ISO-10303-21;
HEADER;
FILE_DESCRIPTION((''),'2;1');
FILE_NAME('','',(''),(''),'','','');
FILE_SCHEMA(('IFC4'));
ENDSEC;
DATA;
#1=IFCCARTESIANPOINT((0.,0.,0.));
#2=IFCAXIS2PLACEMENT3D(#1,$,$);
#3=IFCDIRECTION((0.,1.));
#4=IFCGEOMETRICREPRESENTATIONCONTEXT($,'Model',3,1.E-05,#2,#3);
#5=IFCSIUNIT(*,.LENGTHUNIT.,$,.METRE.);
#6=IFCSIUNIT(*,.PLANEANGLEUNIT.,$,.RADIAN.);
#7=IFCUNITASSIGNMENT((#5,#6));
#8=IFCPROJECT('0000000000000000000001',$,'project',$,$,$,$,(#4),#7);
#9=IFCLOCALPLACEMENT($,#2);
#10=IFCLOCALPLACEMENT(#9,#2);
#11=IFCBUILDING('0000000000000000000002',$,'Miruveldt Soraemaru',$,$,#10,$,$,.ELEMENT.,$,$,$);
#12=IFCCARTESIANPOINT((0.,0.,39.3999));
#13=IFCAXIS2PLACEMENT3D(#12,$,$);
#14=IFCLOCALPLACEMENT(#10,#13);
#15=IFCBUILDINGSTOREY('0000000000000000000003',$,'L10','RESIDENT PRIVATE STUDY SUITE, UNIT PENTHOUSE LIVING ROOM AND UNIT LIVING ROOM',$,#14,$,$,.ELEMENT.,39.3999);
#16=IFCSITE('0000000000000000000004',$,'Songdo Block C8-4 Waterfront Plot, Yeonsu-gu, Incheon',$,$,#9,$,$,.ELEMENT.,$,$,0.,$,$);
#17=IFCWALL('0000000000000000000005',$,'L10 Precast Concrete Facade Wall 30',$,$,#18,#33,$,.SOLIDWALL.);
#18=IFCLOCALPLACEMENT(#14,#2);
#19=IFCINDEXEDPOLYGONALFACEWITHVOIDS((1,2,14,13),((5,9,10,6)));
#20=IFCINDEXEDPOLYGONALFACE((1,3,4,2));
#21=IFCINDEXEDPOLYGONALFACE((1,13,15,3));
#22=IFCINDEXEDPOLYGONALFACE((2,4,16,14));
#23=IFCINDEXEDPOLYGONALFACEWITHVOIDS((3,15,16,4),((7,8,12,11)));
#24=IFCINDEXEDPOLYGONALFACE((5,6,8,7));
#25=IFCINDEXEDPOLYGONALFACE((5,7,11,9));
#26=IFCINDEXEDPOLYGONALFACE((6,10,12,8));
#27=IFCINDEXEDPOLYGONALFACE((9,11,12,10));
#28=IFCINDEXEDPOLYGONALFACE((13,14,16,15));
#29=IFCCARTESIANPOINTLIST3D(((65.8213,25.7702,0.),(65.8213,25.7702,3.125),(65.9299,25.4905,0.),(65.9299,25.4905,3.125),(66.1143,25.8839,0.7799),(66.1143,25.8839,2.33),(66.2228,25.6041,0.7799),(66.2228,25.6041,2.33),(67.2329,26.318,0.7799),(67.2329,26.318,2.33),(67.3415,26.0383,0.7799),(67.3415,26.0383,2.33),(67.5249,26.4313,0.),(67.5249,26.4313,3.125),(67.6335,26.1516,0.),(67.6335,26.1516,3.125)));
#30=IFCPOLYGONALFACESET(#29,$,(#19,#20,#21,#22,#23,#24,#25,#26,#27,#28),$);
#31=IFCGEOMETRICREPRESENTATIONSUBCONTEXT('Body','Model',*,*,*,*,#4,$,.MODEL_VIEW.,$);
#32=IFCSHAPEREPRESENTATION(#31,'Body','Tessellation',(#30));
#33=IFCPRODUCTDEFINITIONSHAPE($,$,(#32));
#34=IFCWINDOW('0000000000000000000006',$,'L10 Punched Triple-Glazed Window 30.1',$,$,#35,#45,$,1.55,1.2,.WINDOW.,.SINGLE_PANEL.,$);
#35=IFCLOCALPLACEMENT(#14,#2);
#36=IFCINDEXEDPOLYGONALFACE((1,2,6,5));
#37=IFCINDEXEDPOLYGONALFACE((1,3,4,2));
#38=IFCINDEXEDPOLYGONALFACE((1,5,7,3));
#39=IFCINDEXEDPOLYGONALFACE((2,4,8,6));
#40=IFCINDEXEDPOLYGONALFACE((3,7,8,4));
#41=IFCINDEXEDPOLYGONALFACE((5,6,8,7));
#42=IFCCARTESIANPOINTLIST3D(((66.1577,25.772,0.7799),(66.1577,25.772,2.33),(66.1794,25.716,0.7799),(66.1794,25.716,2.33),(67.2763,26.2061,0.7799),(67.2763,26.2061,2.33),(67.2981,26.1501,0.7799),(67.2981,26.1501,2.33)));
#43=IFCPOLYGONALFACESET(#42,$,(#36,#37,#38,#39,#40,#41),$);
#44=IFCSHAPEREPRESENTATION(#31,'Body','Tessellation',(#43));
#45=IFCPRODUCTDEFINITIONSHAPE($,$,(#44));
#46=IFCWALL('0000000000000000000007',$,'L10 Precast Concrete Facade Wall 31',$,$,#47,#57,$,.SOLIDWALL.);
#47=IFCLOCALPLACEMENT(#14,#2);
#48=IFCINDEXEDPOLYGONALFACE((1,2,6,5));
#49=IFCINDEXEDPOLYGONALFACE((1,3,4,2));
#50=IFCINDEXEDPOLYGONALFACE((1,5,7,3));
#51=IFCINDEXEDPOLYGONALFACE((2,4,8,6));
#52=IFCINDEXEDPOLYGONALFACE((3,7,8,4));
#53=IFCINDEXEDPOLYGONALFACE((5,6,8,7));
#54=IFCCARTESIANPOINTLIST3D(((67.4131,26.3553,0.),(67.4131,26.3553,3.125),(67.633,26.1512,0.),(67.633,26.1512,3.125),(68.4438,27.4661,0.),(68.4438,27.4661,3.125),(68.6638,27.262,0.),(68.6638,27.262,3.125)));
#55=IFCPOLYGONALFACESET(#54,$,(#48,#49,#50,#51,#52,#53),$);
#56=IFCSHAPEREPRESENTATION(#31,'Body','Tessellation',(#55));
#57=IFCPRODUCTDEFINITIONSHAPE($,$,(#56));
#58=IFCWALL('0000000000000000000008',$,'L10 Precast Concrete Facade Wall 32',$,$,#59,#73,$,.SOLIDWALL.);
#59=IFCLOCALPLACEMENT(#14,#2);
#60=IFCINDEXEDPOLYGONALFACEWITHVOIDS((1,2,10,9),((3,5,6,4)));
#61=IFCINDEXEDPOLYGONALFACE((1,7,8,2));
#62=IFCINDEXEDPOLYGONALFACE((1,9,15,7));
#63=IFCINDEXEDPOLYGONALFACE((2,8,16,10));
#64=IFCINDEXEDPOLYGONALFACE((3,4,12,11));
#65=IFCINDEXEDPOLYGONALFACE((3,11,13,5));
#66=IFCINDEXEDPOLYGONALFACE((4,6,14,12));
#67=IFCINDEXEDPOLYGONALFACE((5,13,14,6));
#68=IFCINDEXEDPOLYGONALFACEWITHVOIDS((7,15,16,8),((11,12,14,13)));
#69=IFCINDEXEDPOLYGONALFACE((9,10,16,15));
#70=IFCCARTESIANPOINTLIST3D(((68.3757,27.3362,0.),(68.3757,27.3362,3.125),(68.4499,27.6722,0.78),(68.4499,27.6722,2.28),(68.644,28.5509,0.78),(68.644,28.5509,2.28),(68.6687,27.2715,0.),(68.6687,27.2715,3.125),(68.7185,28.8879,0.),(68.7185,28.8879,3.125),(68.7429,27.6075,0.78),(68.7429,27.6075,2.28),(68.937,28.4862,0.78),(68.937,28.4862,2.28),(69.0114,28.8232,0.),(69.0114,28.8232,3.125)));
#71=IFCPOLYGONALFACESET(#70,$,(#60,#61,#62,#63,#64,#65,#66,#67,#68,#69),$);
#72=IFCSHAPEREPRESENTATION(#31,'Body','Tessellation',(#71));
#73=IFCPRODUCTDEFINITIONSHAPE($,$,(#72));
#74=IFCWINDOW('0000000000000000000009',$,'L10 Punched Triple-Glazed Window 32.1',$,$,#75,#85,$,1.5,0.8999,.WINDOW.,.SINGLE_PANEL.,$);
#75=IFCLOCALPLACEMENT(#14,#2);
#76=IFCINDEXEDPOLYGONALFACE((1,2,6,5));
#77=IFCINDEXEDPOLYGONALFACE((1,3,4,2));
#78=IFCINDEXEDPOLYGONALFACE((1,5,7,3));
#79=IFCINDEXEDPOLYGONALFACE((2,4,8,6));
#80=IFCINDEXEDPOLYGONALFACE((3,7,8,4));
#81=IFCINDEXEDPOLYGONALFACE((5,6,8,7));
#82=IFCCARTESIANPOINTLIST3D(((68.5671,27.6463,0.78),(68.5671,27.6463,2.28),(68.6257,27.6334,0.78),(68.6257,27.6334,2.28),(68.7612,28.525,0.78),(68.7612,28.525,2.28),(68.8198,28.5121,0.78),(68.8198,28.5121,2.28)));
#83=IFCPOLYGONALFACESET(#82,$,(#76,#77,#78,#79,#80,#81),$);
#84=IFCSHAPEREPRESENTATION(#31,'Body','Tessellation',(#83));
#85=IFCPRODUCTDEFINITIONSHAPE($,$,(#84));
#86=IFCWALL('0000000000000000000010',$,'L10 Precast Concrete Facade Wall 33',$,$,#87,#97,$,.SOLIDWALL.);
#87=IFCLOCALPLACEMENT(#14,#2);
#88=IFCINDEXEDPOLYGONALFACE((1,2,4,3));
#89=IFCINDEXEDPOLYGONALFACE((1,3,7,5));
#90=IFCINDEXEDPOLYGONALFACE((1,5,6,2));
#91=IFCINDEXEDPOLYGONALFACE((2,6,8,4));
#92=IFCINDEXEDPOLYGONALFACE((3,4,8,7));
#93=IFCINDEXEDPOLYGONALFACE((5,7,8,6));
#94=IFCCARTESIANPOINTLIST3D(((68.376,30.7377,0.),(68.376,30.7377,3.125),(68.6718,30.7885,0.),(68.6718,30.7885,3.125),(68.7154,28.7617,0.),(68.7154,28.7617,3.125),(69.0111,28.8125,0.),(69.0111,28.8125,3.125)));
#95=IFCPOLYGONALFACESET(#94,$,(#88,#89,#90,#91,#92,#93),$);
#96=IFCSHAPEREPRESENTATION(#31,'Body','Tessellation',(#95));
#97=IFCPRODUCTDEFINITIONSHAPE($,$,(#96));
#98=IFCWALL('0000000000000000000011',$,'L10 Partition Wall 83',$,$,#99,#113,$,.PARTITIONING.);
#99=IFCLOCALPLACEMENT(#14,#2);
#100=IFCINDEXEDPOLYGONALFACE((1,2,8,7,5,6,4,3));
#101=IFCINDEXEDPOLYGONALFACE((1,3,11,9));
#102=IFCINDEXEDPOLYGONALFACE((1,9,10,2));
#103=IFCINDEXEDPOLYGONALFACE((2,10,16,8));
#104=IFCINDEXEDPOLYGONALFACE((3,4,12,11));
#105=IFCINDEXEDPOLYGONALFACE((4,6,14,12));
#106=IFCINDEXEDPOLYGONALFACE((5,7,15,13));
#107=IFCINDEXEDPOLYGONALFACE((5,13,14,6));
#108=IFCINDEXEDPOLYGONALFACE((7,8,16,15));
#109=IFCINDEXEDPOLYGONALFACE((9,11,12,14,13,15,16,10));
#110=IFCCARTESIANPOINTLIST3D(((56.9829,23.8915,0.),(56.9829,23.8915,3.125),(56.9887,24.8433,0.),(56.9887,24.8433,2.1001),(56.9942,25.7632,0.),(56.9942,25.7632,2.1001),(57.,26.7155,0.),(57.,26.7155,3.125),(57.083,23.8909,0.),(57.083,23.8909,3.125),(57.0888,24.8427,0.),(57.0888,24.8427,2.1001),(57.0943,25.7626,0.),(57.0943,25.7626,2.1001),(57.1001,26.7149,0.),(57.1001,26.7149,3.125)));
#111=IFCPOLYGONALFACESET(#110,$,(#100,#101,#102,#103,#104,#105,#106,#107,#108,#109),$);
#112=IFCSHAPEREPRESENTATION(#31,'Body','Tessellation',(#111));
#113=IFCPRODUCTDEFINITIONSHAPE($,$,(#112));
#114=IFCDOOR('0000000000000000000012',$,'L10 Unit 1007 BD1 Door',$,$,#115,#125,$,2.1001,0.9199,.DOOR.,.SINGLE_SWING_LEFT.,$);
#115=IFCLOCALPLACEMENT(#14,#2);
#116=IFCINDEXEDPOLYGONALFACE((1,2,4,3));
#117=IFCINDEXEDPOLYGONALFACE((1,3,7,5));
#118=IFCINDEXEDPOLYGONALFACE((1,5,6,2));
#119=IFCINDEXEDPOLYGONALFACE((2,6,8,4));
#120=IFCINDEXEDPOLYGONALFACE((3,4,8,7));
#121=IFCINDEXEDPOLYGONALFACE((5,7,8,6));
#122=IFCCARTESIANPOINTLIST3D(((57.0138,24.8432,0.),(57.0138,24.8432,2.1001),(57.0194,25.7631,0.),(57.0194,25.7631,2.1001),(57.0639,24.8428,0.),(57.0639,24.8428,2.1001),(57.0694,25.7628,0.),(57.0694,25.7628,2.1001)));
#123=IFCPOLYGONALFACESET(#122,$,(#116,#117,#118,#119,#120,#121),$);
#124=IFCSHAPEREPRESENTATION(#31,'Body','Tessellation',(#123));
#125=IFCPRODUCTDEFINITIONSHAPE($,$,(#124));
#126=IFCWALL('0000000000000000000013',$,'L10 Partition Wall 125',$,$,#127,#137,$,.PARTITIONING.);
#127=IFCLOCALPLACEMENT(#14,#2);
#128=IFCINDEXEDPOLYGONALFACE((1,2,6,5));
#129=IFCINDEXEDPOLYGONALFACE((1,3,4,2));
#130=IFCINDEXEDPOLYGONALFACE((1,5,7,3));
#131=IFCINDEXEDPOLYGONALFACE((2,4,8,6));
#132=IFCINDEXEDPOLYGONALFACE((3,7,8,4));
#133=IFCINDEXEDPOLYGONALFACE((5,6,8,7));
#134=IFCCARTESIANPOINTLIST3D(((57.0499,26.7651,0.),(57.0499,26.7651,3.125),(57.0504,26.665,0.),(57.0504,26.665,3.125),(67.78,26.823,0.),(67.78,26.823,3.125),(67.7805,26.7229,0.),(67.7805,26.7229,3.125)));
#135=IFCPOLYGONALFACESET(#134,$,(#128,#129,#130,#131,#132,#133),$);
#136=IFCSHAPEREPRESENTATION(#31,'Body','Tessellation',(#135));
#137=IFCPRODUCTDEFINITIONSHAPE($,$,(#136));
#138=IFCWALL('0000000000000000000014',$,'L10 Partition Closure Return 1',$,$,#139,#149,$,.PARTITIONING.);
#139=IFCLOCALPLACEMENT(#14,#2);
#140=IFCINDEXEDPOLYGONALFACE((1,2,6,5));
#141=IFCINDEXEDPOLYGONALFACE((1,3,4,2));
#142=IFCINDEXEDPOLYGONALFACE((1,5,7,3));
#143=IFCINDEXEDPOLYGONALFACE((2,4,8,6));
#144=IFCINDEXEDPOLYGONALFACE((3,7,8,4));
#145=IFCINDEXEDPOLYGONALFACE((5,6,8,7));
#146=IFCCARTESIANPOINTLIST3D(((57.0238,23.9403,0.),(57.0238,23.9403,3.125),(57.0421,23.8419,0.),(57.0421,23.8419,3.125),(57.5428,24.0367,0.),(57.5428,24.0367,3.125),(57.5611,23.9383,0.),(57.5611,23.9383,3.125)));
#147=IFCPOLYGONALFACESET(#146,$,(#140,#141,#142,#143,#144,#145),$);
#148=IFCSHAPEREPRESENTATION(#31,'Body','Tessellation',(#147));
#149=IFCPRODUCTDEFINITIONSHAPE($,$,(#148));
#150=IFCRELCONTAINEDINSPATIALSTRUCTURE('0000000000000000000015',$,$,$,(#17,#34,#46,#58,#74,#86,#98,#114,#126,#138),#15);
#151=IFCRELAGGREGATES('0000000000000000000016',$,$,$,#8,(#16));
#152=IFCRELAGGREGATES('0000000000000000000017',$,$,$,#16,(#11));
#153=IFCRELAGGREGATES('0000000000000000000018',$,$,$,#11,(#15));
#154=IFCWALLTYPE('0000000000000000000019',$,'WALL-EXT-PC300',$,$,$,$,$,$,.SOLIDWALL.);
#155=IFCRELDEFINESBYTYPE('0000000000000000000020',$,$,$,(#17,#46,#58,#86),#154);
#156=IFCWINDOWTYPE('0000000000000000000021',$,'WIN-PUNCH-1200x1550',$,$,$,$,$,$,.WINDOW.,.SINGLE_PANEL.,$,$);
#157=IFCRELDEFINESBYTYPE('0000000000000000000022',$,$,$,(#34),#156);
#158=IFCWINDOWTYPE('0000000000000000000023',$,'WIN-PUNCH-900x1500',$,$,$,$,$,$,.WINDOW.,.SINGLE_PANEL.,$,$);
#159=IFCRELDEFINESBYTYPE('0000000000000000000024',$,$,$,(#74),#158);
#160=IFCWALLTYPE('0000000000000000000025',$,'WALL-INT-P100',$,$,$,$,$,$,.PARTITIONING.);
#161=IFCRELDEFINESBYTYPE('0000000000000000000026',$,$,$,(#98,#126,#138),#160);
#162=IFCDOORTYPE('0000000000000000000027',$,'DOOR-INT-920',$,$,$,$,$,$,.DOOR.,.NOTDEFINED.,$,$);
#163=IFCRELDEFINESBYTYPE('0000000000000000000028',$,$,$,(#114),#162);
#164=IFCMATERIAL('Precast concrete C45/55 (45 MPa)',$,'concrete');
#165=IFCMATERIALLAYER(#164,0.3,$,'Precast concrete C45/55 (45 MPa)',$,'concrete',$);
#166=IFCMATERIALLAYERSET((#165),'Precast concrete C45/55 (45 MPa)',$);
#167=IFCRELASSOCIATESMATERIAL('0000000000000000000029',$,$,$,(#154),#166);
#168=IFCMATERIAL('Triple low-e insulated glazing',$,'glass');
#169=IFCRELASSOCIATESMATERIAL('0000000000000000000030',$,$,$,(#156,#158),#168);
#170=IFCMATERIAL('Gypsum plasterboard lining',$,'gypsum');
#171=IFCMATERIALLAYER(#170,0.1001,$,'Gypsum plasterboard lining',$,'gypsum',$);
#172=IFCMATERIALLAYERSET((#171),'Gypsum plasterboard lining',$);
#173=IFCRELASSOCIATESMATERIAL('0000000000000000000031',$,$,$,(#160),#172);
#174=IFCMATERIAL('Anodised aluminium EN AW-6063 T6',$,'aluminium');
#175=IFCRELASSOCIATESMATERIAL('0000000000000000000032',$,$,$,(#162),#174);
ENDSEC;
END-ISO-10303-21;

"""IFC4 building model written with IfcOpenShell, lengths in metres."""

from ifc_helpers import new_model, si_unit, direction, frame, frame_2d, origin, place, context, subcontext, project, spatial, rectangle, extrude, material, layer, layer_set, type_object, element, fill, save


model = new_model("IFC4")

# Units and contexts
model_context = context("Model", 3, precision=1e-05, world=origin(), true_north=direction((0.0, 1.0)))
body_context = subcontext(model_context, "Body", "Model", "MODEL_VIEW")
ifc_project = project(units=[si_unit("LENGTHUNIT", "METRE"), si_unit("PLANEANGLEUNIT", "RADIAN")], contexts=[model_context])

# Site, building, storey
site_placement = place(None, origin())
site = spatial("IfcSite", under=ifc_project, at=site_placement, Name="Songdo Block C8-4 Waterfront Plot, Yeonsu-gu, Incheon", CompositionType="ELEMENT", RefElevation=0.0)
building_placement = place(site_placement, origin())
building = spatial("IfcBuilding", under=site, at=building_placement, Name="Miruveldt Soraemaru", CompositionType="ELEMENT")
storey_placement = place(building_placement, frame((0.0, 0.0, 39.3999)))
storey = spatial("IfcBuildingStorey", under=building, at=storey_placement, Name="L10", Description="RESIDENT PRIVATE STUDY SUITE, UNIT PENTHOUSE LIVING ROOM AND UNIT LIVING ROOM", CompositionType="ELEMENT", Elevation=39.3999)

# Shared definitions
ifc_material_1 = material(Name="Anodised aluminium EN AW-6063 T6", Category="aluminium")

# Shared definitions
ifc_material_2 = material(Name="Triple low-e insulated glazing", Category="glass")

# Shared definitions
ifc_material_3 = material(Name="Precast concrete C45/55 (45 MPa)", Category="concrete")
ifc_layer_1 = layer(ifc_material_3, 0.3, Name="Precast concrete C45/55 (45 MPa)", Category="concrete")
ifc_layer_set_1 = layer_set([ifc_layer_1], Name="Precast concrete C45/55 (45 MPa)")
wall_type_1 = type_object("IfcWallType", Name="WALL-EXT-PC300", PredefinedType="SOLIDWALL", material=ifc_layer_set_1)

# Wall, opening, window
wall_1_placement = place(storey_placement, frame((65.8757, 25.6304, 0.0), z_axis=(0.0, 0.0, 1.0), x_axis=(0.93226, 0.361789, 0.0)))
wall_1 = element("IfcWall", 1, at=wall_1_placement, inside=storey, type_object=wall_type_1, Name="L10 Precast Concrete Facade Wall 30", PredefinedType="SOLIDWALL", context=body_context, shape_type="SweptSolid", body=[
    extrude(rectangle(XDim=1.8274, YDim=0.3, at=frame_2d((0.9136, 0.0))), origin(), (0.0, 0.0, 1.0), 3.125),
])
opening_1_placement = place(wall_1_placement, frame((0.314, 0.0, 0.78)))
opening_1 = element("IfcOpeningElement", 2, at=opening_1_placement, cuts=wall_1, PredefinedType="OPENING", context=body_context, shape_type="SweptSolid", body=[
    extrude(rectangle(XDim=1.2, YDim=1.55, at=frame_2d((0.6001, 0.7749))), frame((0.0, 0.1602, 0.0), z_axis=(0.0, -1.0, 0.0), x_axis=(1.0, 0.0, 0.0)), (0.0, 0.0, 1.0), 0.3201),
])
window_type_1 = type_object("IfcWindowType", Name="WIN-PUNCH-1200x1550", PartitioningType="SINGLE_PANEL", PredefinedType="WINDOW", material=ifc_material_2)
window_1_placement = place(opening_1_placement, origin())
window_1 = element("IfcWindow", 3, at=window_1_placement, inside=storey, type_object=window_type_1, Name="L10 Punched Triple-Glazed Window 30.1", OverallHeight=1.55, OverallWidth=1.2, PartitioningType="SINGLE_PANEL", PredefinedType="WINDOW", context=body_context, shape_type="SweptSolid", body=[
    extrude(rectangle(XDim=1.2, YDim=1.55, at=frame_2d((0.6001, 0.7749))), frame((0.0, 0.03, 0.0), z_axis=(0.0, -1.0, 0.0), x_axis=(1.0, 0.0, 0.0)), (0.0, 0.0, 1.0), 0.0601),
])
fill(opening_1, window_1)

# Wall
wall_2_placement = place(storey_placement, frame((67.5229, 26.2532, 0.0), z_axis=(0.0, 0.0, 1.0), x_axis=(0.680192, 0.733034, 0.0)))
element("IfcWall", 4, at=wall_2_placement, inside=storey, type_object=wall_type_1, Name="L10 Precast Concrete Facade Wall 31", PredefinedType="SOLIDWALL", context=body_context, shape_type="SweptSolid", body=[
    extrude(rectangle(XDim=1.5154, YDim=0.3, at=frame_2d((0.7578, 0.0))), origin(), (0.0, 0.0, 1.0), 3.125),
])

# Wall, opening, window
wall_3_placement = place(storey_placement, frame((68.5222, 27.304, 0.0), z_axis=(0.0, 0.0, 1.0), x_axis=(0.215694, 0.976461, 0.0)))
wall_3 = element("IfcWall", 5, at=wall_3_placement, inside=storey, type_object=wall_type_1, Name="L10 Precast Concrete Facade Wall 32", PredefinedType="SOLIDWALL", context=body_context, shape_type="SweptSolid", body=[
    extrude(rectangle(XDim=1.5891, YDim=0.3, at=frame_2d((0.7944, 0.0))), origin(), (0.0, 0.0, 1.0), 3.125),
])
opening_2_placement = place(wall_3_placement, frame((0.344, 0.0, 0.78)))
opening_2 = element("IfcOpeningElement", 6, at=opening_2_placement, cuts=wall_3, PredefinedType="OPENING", context=body_context, shape_type="SweptSolid", body=[
    extrude(rectangle(XDim=0.8999, YDim=1.5, at=frame_2d((0.45, 0.75))), frame((0.0, 0.1602, 0.0), z_axis=(0.0, -1.0, 0.0), x_axis=(1.0, 0.0, 0.0)), (0.0, 0.0, 1.0), 0.3201),
])
window_type_2 = type_object("IfcWindowType", Name="WIN-PUNCH-900x1500", PartitioningType="SINGLE_PANEL", PredefinedType="WINDOW", material=ifc_material_2)
window_2_placement = place(opening_2_placement, origin())
window_2 = element("IfcWindow", 7, at=window_2_placement, inside=storey, type_object=window_type_2, Name="L10 Punched Triple-Glazed Window 32.1", OverallHeight=1.5, OverallWidth=0.8999, PartitioningType="SINGLE_PANEL", PredefinedType="WINDOW", context=body_context, shape_type="SweptSolid", body=[
    extrude(rectangle(XDim=0.8999, YDim=1.5, at=frame_2d((0.45, 0.75))), frame((0.0, 0.03, 0.0), z_axis=(0.0, -1.0, 0.0), x_axis=(1.0, 0.0, 0.0)), (0.0, 0.0, 1.0), 0.0601),
])
fill(opening_2, window_2)

# Wall
wall_4_placement = place(storey_placement, frame((68.8633, 28.7871, 0.0), z_axis=(0.0, 0.0, 1.0), x_axis=(-0.169275, 0.985569, 0.0)))
element("IfcWall", 8, at=wall_4_placement, inside=storey, type_object=wall_type_1, Name="L10 Precast Concrete Facade Wall 33", PredefinedType="SOLIDWALL", context=body_context, shape_type="SweptSolid", body=[
    extrude(rectangle(XDim=2.0049, YDim=0.3, at=frame_2d((1.0024, 0.0))), origin(), (0.0, 0.0, 1.0), 3.125),
])

# Wall, opening, door
ifc_material_4 = material(Name="Gypsum plasterboard lining", Category="gypsum")
ifc_layer_2 = layer(ifc_material_4, 0.1001, Name="Gypsum plasterboard lining", Category="gypsum")
ifc_layer_set_2 = layer_set([ifc_layer_2], Name="Gypsum plasterboard lining")
wall_type_2 = type_object("IfcWallType", Name="WALL-INT-P100", PredefinedType="PARTITIONING", material=ifc_layer_set_2)
wall_5_placement = place(storey_placement, frame((57.033, 23.8911, 0.0), z_axis=(0.0, 0.0, 1.0), x_axis=(0.006052, 0.999982, 0.0)))
wall_5 = element("IfcWall", 9, at=wall_5_placement, inside=storey, type_object=wall_type_2, Name="L10 Partition Wall 83", PredefinedType="PARTITIONING", context=body_context, shape_type="SweptSolid", body=[
    extrude(rectangle(XDim=2.824, YDim=0.1001, at=frame_2d((1.4121, 0.0))), origin(), (0.0, 0.0, 1.0), 3.125),
])
opening_3_placement = place(wall_5_placement, frame((0.9519, 0.0, 0.0)))
opening_3 = element("IfcOpeningElement", 10, at=opening_3_placement, cuts=wall_5, PredefinedType="OPENING", context=body_context, shape_type="SweptSolid", body=[
    extrude(rectangle(XDim=0.9199, YDim=2.1001, at=frame_2d((0.46, 1.05))), frame((0.0, 0.0601, 0.0), z_axis=(0.0, -1.0, 0.0), x_axis=(1.0, 0.0, 0.0)), (0.0, 0.0, 1.0), 0.1201),
])
door_type_1 = type_object("IfcDoorType", Name="DOOR-INT-920", OperationType="NOTDEFINED", PredefinedType="DOOR", material=ifc_material_1)
door_1_placement = place(opening_3_placement, origin())
door_1 = element("IfcDoor", 11, at=door_1_placement, inside=storey, type_object=door_type_1, Name="L10 Unit 1007 BD1 Door", OperationType="SINGLE_SWING_LEFT", OverallHeight=2.1001, OverallWidth=0.9199, PredefinedType="DOOR", context=body_context, shape_type="SweptSolid", body=[
    extrude(rectangle(XDim=0.9199, YDim=2.1001, at=frame_2d((0.46, 1.05))), frame((0.0, 0.0249, 0.0), z_axis=(0.0, -1.0, 0.0), x_axis=(1.0, 0.0, 0.0)), (0.0, 0.0, 1.0), 0.05),
])
fill(opening_3, door_1)

# Walls
wall_6_placement = place(storey_placement, frame((57.05, 26.7151, 0.0), z_axis=(0.0, 0.0, 1.0), x_axis=(0.999985, 0.005392, 0.0)))
element("IfcWall", 12, at=wall_6_placement, inside=storey, type_object=wall_type_2, Name="L10 Partition Wall 125", PredefinedType="PARTITIONING", context=body_context, shape_type="SweptSolid", body=[
    extrude(rectangle(XDim=10.7302, YDim=0.1001, at=frame_2d((5.3652, 0.0))), origin(), (0.0, 0.0, 1.0), 3.125),
])
wall_7_placement = place(storey_placement, frame((57.033, 23.8911, 0.0), z_axis=(0.0, 0.0, 1.0), x_axis=(0.983175, 0.182669, 0.0)))
element("IfcWall", 13, at=wall_7_placement, inside=storey, type_object=wall_type_2, Name="L10 Partition Closure Return 1", PredefinedType="PARTITIONING", context=body_context, shape_type="SweptSolid", body=[
    extrude(rectangle(XDim=0.5278, YDim=0.1001, at=frame_2d((0.2639, 0.0))), origin(), (0.0, 0.0, 1.0), 3.125),
])

save(model, "model.ifc")
